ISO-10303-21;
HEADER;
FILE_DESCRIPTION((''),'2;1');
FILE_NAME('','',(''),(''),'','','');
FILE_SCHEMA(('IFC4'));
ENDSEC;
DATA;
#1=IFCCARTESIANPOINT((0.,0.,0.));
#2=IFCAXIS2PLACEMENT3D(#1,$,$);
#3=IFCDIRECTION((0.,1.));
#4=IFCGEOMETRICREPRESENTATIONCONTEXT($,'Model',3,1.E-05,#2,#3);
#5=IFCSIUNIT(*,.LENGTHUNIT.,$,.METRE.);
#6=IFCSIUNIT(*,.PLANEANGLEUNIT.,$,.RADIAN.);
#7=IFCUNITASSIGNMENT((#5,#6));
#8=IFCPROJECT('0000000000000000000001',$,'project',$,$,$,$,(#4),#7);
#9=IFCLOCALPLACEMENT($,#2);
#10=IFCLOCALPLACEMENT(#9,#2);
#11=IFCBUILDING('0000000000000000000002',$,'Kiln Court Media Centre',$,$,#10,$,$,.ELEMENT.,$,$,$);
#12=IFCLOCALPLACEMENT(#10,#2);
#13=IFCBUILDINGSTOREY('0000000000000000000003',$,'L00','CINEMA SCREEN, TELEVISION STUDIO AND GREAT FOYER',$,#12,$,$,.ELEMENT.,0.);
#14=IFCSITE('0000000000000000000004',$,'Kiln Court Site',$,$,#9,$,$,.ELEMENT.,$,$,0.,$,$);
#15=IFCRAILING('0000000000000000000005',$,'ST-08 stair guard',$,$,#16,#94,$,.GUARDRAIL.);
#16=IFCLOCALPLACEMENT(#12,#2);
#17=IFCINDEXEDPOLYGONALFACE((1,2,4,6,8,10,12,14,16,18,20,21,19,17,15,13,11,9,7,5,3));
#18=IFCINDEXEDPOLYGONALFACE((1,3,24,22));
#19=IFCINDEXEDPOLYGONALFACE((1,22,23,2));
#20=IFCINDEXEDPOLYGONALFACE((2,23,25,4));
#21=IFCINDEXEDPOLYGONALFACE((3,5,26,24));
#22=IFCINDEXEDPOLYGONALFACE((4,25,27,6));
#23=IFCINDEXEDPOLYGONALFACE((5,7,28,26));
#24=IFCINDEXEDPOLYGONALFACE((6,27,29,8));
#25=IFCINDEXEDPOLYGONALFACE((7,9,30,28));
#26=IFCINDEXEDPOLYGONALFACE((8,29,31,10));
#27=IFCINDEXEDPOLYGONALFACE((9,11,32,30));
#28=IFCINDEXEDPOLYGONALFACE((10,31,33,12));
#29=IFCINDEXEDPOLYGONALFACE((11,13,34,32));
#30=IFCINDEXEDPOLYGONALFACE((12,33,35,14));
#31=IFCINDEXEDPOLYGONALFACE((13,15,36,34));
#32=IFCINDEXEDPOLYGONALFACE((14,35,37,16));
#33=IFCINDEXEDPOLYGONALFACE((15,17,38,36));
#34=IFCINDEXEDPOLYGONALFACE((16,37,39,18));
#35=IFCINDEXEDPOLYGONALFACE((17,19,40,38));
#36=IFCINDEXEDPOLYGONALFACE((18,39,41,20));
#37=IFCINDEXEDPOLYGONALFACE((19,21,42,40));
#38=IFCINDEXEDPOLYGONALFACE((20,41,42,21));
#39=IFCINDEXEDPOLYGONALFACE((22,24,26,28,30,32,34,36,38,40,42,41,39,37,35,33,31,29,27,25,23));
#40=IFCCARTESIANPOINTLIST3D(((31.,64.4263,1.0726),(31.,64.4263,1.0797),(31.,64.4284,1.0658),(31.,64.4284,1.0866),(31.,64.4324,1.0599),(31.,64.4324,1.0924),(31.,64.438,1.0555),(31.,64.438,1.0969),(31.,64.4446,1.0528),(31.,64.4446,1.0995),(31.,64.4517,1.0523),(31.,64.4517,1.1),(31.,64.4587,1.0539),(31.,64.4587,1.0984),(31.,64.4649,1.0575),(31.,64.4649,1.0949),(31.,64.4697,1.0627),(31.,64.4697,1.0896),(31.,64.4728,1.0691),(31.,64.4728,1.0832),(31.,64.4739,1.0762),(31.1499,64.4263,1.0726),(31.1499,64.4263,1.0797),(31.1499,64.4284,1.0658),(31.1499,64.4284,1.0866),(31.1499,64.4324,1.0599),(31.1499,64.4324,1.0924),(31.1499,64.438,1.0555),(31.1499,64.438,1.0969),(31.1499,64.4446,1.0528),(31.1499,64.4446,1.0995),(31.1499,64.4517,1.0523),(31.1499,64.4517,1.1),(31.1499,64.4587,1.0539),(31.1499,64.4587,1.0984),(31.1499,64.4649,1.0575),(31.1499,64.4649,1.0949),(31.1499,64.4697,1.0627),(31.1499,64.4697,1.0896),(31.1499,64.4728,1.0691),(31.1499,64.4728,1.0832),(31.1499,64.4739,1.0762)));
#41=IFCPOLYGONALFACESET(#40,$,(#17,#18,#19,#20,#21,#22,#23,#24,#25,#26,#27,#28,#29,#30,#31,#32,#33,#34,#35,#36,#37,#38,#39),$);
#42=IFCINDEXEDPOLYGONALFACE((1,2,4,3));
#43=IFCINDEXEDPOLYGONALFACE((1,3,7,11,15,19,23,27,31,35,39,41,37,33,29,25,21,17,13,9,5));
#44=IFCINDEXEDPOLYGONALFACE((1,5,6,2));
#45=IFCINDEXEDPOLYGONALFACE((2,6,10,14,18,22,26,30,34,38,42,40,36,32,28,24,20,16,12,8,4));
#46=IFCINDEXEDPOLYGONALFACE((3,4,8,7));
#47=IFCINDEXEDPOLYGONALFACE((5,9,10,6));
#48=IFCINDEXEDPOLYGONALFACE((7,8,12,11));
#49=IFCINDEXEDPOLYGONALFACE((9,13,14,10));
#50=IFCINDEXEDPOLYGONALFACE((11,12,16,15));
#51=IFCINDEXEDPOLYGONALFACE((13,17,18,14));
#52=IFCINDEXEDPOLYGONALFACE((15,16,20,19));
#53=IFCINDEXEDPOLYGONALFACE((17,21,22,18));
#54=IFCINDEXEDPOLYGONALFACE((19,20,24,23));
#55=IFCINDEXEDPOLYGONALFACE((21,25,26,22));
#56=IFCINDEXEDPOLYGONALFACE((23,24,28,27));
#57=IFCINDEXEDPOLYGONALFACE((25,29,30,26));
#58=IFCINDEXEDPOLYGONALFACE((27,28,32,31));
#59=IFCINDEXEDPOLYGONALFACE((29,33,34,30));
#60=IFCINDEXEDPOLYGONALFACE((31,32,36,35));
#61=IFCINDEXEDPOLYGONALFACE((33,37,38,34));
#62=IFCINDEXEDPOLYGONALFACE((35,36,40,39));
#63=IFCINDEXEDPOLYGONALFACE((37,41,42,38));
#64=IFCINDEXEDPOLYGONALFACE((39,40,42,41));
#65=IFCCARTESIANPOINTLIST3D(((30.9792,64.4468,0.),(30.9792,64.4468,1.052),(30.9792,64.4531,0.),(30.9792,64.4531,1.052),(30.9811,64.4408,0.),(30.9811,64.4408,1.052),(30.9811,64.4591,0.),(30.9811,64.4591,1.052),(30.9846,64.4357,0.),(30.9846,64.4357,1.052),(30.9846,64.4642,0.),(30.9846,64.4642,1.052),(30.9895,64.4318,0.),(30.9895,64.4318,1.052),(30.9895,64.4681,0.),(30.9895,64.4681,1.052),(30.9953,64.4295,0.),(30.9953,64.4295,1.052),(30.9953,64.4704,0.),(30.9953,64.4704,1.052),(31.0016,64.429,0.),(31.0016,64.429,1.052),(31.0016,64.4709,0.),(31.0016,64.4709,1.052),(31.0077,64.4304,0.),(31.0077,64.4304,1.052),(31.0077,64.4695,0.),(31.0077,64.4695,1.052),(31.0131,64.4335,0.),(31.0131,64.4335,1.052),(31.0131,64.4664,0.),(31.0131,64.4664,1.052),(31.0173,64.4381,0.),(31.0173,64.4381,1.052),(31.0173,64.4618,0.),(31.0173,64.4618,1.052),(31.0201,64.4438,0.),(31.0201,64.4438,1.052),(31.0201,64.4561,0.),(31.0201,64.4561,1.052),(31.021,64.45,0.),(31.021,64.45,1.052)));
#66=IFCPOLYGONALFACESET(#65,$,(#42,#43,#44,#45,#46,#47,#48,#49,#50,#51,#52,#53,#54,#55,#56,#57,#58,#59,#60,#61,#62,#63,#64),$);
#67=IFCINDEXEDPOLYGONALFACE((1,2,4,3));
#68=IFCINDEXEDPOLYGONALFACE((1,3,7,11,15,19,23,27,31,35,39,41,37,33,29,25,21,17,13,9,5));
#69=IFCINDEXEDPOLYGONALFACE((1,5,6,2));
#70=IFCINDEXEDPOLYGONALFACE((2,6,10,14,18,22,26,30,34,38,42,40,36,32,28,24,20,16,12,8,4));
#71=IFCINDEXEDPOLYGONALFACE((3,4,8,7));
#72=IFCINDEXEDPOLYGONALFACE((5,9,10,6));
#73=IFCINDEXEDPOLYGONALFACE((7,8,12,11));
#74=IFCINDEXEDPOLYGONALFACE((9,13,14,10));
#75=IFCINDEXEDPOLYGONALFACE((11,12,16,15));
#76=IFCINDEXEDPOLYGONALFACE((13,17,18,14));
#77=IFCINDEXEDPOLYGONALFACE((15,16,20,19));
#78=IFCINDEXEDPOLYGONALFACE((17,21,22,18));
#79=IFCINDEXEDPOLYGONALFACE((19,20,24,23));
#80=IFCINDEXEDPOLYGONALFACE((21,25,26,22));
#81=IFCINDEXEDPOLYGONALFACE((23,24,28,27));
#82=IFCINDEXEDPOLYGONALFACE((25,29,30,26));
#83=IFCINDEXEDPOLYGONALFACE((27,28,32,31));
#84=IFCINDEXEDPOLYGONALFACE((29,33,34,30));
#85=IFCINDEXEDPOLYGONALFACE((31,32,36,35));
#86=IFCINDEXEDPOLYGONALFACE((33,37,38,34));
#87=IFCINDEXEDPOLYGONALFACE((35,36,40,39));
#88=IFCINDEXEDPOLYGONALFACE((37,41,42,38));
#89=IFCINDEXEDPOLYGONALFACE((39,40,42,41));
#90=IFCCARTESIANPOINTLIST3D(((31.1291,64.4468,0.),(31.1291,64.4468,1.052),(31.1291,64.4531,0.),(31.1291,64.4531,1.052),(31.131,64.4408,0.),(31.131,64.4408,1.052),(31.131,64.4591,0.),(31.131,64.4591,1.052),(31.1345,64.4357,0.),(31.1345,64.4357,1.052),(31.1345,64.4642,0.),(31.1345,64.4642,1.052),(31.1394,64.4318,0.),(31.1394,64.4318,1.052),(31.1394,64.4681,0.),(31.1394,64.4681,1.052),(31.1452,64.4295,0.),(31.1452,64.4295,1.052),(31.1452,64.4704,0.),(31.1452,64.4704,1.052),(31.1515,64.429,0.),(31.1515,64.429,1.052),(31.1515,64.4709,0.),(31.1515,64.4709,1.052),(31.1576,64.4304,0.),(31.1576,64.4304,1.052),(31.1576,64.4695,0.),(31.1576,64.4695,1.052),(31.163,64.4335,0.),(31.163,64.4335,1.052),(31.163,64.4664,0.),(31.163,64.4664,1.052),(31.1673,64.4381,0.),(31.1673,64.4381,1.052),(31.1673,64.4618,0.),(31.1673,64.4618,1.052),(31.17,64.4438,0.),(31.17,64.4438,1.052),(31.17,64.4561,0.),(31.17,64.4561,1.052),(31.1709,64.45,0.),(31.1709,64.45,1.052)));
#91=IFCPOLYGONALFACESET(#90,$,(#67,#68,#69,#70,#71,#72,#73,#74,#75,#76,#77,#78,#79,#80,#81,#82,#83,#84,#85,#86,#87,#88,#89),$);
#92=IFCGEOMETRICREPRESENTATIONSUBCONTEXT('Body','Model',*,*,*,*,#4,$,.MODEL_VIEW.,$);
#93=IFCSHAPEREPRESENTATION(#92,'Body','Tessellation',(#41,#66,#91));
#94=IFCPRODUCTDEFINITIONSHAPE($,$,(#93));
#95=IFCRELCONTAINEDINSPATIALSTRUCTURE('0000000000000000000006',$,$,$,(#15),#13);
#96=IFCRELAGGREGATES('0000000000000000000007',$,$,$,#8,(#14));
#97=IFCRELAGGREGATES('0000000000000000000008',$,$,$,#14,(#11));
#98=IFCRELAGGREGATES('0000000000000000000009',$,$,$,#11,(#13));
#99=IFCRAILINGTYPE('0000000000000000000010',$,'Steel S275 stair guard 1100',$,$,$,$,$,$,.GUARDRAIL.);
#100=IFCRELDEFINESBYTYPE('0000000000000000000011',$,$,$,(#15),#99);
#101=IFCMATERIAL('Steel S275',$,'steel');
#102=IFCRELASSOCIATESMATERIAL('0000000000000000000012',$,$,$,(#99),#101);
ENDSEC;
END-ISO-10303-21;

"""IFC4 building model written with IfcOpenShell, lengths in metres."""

from ifc_helpers import new_model, si_unit, direction, frame, origin, origin_2d, place, context, subcontext, project, spatial, circle, extrude, material, type_object, element, save


model = new_model("IFC4")

# Units and contexts
model_context = context("Model", 3, precision=1e-05, world=origin(), true_north=direction((0.0, 1.0)))
body_context = subcontext(model_context, "Body", "Model", "MODEL_VIEW")
ifc_project = project(units=[si_unit("LENGTHUNIT", "METRE"), si_unit("PLANEANGLEUNIT", "RADIAN")], contexts=[model_context])

# Site, building, storey
site_placement = place(None, origin())
site = spatial("IfcSite", under=ifc_project, at=site_placement, Name="Kiln Court Site", CompositionType="ELEMENT", RefElevation=0.0)
building_placement = place(site_placement, origin())
building = spatial("IfcBuilding", under=site, at=building_placement, Name="Kiln Court Media Centre", CompositionType="ELEMENT")
storey_placement = place(building_placement, origin())
storey = spatial("IfcBuildingStorey", under=building, at=storey_placement, Name="L00", Description="CINEMA SCREEN, TELEVISION STUDIO AND GREAT FOYER", CompositionType="ELEMENT", Elevation=0.0)

# Railing
ifc_material_1 = material(Name="Steel S275", Category="steel")
railing_type_1 = type_object("IfcRailingType", Name="Steel S275 stair guard 1100", PredefinedType="GUARDRAIL", material=ifc_material_1)
railing_1_placement = place(storey_placement, frame((31.0, 64.45, 0.0)))
element("IfcRailing", 1, at=railing_1_placement, inside=storey, type_object=railing_type_1, Name="ST-08 stair guard", PredefinedType="GUARDRAIL", context=body_context, shape_type="SweptSolid", body=[
    extrude(circle(Radius=0.0239, at=origin_2d()), frame((0.0, 0.0, 1.0762), z_axis=(1.0, 0.0, 0.0), x_axis=(0.0, 1.0, 0.0)), (0.0, 0.0, 1.0), 0.1499),
    extrude(circle(Radius=0.021, at=origin_2d()), origin(), (0.0, 0.0, 1.0), 1.052),
    extrude(circle(Radius=0.021, at=origin_2d()), frame((0.1499, 0.0, 0.0)), (0.0, 0.0, 1.0), 1.052),
])

save(model, "model.ifc")
